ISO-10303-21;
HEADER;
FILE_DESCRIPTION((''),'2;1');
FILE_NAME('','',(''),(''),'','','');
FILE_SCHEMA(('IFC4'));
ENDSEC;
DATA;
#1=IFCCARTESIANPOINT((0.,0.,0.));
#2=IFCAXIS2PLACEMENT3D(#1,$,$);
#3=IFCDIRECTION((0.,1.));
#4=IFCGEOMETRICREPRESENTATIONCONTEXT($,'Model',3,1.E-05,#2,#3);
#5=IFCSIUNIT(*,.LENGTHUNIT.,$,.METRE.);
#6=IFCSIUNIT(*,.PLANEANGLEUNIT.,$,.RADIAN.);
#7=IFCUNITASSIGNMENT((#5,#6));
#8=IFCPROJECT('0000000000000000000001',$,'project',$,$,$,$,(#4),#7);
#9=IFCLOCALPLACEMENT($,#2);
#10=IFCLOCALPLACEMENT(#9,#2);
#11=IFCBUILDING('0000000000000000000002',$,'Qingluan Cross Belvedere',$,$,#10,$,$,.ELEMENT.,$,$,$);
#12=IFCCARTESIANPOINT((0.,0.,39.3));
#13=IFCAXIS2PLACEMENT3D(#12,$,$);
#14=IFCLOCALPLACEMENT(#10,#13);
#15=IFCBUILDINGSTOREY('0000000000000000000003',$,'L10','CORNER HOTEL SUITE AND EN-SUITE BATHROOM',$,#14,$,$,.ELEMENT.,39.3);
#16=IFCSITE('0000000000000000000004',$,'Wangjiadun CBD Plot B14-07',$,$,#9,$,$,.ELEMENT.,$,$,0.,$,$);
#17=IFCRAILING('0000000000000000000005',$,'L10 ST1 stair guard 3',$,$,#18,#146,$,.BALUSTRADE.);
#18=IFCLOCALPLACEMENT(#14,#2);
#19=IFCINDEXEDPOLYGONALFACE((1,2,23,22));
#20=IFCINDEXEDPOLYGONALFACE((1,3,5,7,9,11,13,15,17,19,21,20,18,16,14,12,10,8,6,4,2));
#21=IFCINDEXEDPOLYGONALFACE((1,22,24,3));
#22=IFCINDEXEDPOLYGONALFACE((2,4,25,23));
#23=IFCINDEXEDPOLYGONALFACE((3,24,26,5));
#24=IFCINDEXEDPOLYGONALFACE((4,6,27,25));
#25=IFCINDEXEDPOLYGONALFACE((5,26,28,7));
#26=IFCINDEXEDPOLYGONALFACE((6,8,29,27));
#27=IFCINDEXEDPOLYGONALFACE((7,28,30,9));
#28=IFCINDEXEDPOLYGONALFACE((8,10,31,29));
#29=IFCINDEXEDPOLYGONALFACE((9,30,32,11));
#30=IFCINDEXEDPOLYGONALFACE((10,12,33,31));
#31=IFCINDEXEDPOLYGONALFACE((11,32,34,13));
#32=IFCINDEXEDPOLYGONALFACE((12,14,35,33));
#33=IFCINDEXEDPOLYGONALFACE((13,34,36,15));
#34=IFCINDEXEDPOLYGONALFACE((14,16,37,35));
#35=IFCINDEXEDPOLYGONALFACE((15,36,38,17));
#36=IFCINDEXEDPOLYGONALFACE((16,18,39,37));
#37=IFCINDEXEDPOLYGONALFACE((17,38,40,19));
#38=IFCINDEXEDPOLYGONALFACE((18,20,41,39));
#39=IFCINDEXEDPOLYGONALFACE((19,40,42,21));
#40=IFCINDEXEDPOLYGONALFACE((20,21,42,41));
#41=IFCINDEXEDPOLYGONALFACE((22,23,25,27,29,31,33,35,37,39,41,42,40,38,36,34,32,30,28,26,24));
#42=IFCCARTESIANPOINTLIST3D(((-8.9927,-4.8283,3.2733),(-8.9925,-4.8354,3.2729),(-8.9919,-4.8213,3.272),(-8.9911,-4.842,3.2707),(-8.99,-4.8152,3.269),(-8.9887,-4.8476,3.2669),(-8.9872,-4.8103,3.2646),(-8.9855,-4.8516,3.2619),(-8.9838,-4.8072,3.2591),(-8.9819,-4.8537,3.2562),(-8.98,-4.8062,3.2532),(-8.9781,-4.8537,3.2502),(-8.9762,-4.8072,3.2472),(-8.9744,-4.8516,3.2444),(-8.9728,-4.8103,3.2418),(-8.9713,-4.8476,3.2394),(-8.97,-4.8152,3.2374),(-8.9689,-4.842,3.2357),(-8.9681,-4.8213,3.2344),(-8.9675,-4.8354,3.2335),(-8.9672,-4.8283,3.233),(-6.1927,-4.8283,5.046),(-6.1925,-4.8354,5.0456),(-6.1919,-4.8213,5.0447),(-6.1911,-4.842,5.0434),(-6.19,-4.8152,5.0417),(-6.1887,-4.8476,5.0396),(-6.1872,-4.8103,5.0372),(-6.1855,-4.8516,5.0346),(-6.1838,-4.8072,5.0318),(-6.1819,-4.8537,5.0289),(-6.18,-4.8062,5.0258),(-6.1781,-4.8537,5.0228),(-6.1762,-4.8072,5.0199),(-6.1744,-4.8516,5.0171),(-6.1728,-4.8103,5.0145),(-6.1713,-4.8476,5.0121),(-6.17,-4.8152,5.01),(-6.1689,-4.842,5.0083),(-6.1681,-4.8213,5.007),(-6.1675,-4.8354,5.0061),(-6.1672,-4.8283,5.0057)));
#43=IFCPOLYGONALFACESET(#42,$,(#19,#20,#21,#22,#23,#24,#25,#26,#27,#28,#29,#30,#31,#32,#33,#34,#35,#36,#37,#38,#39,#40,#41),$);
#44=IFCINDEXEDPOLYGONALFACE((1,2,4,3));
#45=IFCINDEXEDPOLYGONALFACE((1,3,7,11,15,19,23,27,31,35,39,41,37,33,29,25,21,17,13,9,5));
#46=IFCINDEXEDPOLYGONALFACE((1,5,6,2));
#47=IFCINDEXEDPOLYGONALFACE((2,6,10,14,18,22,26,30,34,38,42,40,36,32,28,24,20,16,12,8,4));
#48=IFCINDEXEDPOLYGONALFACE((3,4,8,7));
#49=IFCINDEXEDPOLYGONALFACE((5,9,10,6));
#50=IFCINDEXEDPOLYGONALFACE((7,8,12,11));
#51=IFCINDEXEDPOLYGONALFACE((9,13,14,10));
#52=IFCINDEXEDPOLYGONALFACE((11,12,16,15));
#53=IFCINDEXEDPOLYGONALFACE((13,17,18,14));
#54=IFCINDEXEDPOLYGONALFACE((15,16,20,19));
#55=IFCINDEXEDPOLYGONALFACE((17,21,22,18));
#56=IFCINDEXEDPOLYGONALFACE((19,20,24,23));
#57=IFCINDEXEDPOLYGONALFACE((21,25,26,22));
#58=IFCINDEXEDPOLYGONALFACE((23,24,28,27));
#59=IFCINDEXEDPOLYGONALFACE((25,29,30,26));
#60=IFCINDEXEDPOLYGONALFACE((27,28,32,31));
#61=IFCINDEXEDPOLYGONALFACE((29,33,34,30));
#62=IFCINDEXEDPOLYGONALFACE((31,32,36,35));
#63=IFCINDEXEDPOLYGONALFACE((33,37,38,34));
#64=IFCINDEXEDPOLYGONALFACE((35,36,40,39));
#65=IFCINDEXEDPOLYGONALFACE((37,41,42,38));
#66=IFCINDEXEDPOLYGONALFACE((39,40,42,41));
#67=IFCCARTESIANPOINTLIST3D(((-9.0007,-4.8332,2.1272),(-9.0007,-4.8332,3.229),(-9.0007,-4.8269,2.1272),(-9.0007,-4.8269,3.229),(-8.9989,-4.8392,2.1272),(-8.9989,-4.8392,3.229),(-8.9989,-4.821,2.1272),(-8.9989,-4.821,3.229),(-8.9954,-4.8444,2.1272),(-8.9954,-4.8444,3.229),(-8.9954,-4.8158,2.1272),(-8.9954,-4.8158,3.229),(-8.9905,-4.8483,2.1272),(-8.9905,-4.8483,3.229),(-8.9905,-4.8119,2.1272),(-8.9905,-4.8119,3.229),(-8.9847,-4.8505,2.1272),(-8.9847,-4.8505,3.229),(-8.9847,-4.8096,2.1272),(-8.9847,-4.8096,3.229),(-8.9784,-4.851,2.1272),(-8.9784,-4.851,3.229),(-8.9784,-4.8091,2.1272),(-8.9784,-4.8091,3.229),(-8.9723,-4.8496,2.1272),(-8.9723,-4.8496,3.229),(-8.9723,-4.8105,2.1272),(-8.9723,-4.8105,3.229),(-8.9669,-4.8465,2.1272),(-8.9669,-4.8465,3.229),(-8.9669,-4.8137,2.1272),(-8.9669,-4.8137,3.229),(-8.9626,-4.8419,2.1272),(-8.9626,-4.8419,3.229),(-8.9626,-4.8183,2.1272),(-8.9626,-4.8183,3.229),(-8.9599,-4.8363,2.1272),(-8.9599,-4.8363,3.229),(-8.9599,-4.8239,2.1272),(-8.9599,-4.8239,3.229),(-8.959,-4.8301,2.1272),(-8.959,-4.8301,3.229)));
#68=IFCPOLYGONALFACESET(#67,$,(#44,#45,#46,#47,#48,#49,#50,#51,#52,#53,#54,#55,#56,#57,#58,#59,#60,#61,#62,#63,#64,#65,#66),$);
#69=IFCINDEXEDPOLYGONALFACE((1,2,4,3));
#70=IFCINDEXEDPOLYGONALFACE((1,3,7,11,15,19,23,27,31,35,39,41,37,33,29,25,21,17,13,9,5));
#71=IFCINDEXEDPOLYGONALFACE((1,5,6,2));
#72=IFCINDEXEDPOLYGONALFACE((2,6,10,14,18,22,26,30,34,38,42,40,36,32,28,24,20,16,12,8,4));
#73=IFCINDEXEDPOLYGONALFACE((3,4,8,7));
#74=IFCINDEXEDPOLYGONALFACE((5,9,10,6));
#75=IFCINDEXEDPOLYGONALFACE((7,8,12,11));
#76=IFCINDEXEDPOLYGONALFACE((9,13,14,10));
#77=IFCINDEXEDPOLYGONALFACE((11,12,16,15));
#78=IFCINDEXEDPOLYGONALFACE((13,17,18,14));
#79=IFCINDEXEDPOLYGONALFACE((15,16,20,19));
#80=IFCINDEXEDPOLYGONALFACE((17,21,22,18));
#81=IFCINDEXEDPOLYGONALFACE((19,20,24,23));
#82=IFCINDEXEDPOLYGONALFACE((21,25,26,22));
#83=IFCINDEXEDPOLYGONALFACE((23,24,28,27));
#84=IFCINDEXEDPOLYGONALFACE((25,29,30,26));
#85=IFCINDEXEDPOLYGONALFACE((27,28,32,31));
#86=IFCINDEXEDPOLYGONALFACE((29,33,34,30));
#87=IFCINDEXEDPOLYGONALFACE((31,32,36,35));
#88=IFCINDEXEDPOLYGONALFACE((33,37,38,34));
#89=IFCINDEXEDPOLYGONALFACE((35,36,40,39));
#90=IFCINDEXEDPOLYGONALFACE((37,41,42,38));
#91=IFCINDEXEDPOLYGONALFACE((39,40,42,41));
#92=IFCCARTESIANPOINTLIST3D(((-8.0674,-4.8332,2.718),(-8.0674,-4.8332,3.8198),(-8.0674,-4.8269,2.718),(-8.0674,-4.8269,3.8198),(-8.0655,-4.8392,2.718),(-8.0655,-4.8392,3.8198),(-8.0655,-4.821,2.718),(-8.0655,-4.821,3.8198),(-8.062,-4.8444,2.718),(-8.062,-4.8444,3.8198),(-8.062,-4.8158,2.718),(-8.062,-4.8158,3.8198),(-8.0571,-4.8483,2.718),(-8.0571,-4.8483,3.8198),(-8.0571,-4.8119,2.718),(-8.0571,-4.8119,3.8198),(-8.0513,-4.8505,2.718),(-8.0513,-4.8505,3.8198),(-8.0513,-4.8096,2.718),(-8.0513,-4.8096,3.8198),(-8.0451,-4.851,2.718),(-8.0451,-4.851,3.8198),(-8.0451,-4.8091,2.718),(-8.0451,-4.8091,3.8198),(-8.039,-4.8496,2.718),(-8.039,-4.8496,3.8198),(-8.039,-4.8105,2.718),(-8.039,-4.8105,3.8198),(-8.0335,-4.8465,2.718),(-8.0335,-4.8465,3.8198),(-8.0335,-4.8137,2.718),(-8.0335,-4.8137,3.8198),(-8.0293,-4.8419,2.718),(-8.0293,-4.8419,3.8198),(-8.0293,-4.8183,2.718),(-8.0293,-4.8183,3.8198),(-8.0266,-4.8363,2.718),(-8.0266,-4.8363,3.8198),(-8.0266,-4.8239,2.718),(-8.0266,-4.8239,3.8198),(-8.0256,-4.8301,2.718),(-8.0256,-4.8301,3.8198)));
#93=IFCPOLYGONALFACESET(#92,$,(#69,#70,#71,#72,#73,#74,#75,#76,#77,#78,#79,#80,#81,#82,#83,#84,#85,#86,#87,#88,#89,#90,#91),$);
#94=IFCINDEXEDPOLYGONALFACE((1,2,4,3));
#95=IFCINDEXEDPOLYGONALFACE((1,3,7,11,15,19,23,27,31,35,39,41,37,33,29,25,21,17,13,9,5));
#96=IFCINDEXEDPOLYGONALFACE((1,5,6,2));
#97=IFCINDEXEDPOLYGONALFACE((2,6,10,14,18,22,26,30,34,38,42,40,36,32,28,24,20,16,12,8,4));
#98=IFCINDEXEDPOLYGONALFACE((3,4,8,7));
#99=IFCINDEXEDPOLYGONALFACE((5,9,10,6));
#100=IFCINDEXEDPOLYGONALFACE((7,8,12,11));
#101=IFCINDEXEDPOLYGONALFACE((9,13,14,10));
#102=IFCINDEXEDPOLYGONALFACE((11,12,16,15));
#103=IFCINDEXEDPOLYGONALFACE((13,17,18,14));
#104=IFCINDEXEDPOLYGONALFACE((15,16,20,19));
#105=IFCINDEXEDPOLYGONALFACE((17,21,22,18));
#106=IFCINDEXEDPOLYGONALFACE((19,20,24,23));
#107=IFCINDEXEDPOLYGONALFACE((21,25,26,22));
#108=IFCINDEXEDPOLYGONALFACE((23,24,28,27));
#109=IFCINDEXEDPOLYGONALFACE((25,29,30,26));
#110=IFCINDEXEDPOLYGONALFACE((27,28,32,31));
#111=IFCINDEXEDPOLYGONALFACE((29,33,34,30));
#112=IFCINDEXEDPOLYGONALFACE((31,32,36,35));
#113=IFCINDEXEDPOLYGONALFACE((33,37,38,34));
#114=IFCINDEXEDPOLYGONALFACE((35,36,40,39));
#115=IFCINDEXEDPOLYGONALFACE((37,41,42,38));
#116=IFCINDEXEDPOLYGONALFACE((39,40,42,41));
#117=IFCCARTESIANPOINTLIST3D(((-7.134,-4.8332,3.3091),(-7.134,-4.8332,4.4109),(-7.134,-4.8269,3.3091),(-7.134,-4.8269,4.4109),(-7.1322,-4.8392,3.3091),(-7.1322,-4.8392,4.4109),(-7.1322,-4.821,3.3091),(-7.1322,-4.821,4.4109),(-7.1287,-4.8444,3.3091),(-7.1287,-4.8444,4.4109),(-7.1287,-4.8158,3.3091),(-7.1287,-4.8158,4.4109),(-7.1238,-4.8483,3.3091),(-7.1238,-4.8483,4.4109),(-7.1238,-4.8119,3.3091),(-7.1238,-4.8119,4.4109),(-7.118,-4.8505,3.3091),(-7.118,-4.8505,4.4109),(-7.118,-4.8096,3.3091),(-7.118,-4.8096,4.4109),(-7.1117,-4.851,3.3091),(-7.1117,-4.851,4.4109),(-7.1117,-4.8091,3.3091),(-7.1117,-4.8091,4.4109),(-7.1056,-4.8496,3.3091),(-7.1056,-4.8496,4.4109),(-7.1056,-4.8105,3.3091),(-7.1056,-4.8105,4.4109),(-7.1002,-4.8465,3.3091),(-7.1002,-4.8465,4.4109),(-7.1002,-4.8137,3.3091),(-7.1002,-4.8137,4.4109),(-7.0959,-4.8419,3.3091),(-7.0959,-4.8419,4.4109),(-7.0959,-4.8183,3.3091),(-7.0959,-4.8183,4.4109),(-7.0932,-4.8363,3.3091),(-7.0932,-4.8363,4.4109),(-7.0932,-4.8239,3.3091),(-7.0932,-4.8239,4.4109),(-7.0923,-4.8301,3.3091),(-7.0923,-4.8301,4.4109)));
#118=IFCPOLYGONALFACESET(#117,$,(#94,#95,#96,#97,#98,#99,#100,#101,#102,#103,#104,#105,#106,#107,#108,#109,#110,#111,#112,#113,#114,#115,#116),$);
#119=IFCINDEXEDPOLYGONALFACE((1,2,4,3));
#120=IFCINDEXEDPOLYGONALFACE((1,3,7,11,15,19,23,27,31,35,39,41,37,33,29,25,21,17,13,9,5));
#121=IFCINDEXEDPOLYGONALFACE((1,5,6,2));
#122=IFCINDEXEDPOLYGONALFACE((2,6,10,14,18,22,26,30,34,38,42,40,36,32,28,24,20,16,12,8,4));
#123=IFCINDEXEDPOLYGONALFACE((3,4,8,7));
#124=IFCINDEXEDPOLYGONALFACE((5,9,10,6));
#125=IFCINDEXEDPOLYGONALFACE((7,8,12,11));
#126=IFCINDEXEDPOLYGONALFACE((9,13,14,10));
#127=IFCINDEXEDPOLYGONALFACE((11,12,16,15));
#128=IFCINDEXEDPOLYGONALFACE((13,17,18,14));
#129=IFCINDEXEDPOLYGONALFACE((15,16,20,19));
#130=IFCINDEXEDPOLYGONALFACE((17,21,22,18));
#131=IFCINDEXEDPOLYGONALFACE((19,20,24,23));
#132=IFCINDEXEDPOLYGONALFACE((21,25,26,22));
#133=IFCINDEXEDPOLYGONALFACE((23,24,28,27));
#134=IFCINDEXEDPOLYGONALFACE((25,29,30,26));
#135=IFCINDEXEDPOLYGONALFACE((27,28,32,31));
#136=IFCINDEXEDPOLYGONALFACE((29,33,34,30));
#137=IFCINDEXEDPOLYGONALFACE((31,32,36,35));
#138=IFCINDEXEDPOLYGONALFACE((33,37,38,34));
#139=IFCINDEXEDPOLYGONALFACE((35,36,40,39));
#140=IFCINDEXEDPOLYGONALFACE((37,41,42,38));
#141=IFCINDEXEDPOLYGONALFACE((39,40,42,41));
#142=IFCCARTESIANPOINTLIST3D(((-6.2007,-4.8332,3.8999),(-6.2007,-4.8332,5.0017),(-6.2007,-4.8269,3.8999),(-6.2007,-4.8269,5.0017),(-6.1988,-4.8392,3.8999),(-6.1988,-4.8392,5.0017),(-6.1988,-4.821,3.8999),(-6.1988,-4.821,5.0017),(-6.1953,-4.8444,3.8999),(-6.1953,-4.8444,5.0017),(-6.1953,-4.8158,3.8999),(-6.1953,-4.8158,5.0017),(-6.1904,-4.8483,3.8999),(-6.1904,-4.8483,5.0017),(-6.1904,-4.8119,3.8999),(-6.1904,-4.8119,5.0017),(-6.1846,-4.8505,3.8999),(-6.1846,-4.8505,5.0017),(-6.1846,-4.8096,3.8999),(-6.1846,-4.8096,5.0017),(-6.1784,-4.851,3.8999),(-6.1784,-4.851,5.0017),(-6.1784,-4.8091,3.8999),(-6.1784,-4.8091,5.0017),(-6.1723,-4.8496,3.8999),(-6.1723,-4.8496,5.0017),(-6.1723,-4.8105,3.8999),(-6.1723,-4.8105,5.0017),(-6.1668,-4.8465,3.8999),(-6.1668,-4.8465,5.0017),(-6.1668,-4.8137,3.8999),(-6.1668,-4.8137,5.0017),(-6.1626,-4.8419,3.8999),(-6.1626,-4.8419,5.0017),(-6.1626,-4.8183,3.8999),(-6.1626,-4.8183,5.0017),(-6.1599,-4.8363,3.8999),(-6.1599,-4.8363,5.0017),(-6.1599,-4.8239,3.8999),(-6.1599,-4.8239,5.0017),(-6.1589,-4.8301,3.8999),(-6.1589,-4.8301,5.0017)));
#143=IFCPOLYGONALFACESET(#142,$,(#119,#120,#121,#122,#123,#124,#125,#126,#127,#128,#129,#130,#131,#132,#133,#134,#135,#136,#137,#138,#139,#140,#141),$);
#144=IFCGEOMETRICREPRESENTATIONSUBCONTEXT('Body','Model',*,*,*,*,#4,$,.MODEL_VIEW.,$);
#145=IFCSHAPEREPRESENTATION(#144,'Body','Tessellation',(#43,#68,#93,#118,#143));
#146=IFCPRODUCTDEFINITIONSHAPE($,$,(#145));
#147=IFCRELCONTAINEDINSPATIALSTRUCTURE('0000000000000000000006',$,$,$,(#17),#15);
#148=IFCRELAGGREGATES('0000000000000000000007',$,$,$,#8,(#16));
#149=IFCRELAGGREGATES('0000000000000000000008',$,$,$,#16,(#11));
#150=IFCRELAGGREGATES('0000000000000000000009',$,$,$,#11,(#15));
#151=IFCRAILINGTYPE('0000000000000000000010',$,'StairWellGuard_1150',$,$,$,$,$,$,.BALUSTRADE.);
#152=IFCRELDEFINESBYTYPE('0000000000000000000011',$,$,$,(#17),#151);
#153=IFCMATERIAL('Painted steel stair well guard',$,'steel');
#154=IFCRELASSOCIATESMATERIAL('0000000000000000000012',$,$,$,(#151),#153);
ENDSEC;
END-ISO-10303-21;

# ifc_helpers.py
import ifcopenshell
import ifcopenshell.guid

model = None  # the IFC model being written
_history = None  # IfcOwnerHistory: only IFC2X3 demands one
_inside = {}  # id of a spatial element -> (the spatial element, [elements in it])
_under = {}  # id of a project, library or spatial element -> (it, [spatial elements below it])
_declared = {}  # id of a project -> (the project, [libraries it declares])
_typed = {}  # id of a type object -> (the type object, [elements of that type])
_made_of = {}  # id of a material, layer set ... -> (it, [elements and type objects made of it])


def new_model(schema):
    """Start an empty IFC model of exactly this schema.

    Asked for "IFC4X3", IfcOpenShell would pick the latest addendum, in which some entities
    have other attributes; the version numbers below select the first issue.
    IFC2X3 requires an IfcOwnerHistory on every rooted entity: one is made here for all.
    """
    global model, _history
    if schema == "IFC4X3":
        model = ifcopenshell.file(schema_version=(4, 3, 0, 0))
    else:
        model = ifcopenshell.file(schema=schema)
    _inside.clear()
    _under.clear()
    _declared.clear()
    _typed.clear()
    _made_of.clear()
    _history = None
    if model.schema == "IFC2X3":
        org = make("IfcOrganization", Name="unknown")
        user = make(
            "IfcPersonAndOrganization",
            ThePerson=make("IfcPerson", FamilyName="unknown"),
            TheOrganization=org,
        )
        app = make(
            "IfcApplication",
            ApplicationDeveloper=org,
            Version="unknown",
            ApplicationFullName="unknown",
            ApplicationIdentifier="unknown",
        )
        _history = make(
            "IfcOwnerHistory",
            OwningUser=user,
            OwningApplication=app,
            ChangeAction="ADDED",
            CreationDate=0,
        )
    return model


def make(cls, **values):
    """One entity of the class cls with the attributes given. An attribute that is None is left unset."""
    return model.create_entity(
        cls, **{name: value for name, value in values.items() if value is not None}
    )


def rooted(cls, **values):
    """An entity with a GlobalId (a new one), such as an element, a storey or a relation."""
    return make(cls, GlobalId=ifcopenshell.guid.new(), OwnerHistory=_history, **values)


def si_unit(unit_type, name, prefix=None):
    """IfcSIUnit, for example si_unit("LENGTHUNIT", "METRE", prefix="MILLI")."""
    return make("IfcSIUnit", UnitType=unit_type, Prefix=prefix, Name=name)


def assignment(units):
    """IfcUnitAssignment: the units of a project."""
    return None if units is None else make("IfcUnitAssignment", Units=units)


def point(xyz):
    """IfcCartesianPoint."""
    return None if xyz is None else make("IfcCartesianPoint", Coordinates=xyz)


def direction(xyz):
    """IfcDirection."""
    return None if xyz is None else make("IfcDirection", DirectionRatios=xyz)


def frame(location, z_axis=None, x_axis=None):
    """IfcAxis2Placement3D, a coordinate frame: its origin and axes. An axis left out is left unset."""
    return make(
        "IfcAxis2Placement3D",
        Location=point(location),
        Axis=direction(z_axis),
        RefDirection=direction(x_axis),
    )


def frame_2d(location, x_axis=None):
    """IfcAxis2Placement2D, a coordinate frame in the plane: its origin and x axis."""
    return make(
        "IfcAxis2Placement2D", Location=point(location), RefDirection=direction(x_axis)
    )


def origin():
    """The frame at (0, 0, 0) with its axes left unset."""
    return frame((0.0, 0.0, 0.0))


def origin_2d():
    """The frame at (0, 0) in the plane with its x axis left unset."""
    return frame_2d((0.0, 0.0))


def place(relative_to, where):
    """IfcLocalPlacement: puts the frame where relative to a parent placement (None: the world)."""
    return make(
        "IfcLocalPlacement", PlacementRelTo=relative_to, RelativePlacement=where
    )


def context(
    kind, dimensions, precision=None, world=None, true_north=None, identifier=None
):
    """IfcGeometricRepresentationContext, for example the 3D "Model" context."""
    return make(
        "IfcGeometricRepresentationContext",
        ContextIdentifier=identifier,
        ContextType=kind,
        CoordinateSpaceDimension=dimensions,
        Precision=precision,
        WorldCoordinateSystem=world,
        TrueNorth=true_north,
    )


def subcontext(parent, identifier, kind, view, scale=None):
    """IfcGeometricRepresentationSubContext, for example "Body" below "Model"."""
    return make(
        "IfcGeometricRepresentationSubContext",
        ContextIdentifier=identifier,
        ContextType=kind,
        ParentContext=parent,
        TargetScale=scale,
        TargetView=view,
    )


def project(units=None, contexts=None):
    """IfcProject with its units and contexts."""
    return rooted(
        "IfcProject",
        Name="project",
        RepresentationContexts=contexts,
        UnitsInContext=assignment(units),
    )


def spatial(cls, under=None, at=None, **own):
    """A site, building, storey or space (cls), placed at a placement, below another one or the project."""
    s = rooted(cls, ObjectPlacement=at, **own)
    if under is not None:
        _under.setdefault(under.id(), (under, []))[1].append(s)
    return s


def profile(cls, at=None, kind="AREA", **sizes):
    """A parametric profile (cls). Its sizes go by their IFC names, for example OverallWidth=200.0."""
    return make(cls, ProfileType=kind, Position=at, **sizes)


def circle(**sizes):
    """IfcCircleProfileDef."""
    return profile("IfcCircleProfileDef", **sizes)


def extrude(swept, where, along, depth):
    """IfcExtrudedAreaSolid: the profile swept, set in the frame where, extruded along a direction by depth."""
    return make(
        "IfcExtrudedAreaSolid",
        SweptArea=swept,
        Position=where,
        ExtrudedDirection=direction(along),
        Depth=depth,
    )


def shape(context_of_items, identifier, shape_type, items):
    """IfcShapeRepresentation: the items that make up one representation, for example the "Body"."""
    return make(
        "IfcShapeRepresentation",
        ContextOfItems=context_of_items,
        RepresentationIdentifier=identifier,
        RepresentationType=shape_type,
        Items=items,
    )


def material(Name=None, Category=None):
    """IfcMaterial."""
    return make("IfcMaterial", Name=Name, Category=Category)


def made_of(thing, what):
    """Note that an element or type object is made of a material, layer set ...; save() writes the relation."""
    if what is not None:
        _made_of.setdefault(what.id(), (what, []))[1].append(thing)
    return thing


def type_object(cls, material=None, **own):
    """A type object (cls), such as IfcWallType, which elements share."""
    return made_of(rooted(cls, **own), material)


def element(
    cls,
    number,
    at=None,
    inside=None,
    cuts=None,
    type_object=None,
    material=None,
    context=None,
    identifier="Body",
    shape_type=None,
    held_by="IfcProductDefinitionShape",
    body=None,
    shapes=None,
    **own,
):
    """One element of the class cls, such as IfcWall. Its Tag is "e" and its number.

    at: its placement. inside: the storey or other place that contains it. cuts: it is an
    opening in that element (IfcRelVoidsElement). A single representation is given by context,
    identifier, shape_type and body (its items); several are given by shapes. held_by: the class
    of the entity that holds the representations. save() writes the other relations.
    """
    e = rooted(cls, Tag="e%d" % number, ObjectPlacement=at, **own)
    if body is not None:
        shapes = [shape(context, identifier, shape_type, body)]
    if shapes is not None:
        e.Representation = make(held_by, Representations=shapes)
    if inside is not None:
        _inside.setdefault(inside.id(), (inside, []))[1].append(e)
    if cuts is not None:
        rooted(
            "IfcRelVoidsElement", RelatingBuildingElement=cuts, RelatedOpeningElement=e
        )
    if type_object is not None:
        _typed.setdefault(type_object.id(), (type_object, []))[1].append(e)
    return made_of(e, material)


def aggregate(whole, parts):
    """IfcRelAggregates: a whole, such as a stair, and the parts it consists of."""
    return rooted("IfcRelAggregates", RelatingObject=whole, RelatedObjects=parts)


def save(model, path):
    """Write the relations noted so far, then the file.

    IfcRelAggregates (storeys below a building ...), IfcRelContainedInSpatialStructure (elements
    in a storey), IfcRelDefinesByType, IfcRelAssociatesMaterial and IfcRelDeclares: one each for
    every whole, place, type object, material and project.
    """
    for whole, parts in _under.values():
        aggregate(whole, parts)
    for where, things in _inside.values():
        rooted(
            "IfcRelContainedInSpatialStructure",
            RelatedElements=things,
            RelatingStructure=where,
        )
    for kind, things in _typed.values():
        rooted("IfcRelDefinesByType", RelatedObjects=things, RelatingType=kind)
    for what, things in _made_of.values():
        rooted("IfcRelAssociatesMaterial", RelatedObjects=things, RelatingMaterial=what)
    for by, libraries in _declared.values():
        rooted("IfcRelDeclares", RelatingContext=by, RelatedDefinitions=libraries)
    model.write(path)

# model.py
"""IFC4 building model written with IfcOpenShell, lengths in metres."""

from ifc_helpers import new_model, si_unit, direction, frame, origin, origin_2d, place, context, subcontext, project, spatial, circle, extrude, material, type_object, element, save


model = new_model("IFC4")

# Units and contexts
model_context = context("Model", 3, precision=1e-05, world=origin(), true_north=direction((0.0, 1.0)))
body_context = subcontext(model_context, "Body", "Model", "MODEL_VIEW")
ifc_project = project(units=[si_unit("LENGTHUNIT", "METRE"), si_unit("PLANEANGLEUNIT", "RADIAN")], contexts=[model_context])

# Site, building, storey
site_placement = place(None, origin())
site = spatial("IfcSite", under=ifc_project, at=site_placement, Name="Wangjiadun CBD Plot B14-07", CompositionType="ELEMENT", RefElevation=0.0)
building_placement = place(site_placement, origin())
building = spatial("IfcBuilding", under=site, at=building_placement, Name="Qingluan Cross Belvedere", CompositionType="ELEMENT")
storey_placement = place(building_placement, frame((0.0, 0.0, 39.3)))
storey = spatial("IfcBuildingStorey", under=building, at=storey_placement, Name="L10", Description="CORNER HOTEL SUITE AND EN-SUITE BATHROOM", CompositionType="ELEMENT", Elevation=39.3)

# Railing
ifc_material_1 = material(Name="Painted steel stair well guard", Category="steel")
railing_type_1 = type_object("IfcRailingType", Name="StairWellGuard_1150", PredefinedType="BALUSTRADE", material=ifc_material_1)
railing_1_placement = place(storey_placement, frame((-8.98, -4.8301, 2.1272)))
element("IfcRailing", 1, at=railing_1_placement, inside=storey, type_object=railing_type_1, Name="L10 ST1 stair guard 3", PredefinedType="BALUSTRADE", context=body_context, shape_type="SweptSolid", body=[
    extrude(circle(Radius=0.0239, at=origin_2d()), frame((0.0, 0.0, 1.126), z_axis=(0.844909, 0.0, 0.53491), x_axis=(0.0, 1.0, 0.0)), (0.0, 0.0, 1.0), 3.314),
    extrude(circle(Radius=0.021, at=origin_2d()), origin(), (0.0, 0.0, 1.0), 1.1018),
    extrude(circle(Radius=0.021, at=origin_2d()), frame((0.9333, 0.0, 0.5908)), (0.0, 0.0, 1.0), 1.1018),
    extrude(circle(Radius=0.021, at=origin_2d()), frame((1.8667, 0.0, 1.1819)), (0.0, 0.0, 1.0), 1.1018),
    extrude(circle(Radius=0.021, at=origin_2d()), frame((2.8, 0.0, 1.7727)), (0.0, 0.0, 1.0), 1.1018),
])

save(model, "model.ifc")
